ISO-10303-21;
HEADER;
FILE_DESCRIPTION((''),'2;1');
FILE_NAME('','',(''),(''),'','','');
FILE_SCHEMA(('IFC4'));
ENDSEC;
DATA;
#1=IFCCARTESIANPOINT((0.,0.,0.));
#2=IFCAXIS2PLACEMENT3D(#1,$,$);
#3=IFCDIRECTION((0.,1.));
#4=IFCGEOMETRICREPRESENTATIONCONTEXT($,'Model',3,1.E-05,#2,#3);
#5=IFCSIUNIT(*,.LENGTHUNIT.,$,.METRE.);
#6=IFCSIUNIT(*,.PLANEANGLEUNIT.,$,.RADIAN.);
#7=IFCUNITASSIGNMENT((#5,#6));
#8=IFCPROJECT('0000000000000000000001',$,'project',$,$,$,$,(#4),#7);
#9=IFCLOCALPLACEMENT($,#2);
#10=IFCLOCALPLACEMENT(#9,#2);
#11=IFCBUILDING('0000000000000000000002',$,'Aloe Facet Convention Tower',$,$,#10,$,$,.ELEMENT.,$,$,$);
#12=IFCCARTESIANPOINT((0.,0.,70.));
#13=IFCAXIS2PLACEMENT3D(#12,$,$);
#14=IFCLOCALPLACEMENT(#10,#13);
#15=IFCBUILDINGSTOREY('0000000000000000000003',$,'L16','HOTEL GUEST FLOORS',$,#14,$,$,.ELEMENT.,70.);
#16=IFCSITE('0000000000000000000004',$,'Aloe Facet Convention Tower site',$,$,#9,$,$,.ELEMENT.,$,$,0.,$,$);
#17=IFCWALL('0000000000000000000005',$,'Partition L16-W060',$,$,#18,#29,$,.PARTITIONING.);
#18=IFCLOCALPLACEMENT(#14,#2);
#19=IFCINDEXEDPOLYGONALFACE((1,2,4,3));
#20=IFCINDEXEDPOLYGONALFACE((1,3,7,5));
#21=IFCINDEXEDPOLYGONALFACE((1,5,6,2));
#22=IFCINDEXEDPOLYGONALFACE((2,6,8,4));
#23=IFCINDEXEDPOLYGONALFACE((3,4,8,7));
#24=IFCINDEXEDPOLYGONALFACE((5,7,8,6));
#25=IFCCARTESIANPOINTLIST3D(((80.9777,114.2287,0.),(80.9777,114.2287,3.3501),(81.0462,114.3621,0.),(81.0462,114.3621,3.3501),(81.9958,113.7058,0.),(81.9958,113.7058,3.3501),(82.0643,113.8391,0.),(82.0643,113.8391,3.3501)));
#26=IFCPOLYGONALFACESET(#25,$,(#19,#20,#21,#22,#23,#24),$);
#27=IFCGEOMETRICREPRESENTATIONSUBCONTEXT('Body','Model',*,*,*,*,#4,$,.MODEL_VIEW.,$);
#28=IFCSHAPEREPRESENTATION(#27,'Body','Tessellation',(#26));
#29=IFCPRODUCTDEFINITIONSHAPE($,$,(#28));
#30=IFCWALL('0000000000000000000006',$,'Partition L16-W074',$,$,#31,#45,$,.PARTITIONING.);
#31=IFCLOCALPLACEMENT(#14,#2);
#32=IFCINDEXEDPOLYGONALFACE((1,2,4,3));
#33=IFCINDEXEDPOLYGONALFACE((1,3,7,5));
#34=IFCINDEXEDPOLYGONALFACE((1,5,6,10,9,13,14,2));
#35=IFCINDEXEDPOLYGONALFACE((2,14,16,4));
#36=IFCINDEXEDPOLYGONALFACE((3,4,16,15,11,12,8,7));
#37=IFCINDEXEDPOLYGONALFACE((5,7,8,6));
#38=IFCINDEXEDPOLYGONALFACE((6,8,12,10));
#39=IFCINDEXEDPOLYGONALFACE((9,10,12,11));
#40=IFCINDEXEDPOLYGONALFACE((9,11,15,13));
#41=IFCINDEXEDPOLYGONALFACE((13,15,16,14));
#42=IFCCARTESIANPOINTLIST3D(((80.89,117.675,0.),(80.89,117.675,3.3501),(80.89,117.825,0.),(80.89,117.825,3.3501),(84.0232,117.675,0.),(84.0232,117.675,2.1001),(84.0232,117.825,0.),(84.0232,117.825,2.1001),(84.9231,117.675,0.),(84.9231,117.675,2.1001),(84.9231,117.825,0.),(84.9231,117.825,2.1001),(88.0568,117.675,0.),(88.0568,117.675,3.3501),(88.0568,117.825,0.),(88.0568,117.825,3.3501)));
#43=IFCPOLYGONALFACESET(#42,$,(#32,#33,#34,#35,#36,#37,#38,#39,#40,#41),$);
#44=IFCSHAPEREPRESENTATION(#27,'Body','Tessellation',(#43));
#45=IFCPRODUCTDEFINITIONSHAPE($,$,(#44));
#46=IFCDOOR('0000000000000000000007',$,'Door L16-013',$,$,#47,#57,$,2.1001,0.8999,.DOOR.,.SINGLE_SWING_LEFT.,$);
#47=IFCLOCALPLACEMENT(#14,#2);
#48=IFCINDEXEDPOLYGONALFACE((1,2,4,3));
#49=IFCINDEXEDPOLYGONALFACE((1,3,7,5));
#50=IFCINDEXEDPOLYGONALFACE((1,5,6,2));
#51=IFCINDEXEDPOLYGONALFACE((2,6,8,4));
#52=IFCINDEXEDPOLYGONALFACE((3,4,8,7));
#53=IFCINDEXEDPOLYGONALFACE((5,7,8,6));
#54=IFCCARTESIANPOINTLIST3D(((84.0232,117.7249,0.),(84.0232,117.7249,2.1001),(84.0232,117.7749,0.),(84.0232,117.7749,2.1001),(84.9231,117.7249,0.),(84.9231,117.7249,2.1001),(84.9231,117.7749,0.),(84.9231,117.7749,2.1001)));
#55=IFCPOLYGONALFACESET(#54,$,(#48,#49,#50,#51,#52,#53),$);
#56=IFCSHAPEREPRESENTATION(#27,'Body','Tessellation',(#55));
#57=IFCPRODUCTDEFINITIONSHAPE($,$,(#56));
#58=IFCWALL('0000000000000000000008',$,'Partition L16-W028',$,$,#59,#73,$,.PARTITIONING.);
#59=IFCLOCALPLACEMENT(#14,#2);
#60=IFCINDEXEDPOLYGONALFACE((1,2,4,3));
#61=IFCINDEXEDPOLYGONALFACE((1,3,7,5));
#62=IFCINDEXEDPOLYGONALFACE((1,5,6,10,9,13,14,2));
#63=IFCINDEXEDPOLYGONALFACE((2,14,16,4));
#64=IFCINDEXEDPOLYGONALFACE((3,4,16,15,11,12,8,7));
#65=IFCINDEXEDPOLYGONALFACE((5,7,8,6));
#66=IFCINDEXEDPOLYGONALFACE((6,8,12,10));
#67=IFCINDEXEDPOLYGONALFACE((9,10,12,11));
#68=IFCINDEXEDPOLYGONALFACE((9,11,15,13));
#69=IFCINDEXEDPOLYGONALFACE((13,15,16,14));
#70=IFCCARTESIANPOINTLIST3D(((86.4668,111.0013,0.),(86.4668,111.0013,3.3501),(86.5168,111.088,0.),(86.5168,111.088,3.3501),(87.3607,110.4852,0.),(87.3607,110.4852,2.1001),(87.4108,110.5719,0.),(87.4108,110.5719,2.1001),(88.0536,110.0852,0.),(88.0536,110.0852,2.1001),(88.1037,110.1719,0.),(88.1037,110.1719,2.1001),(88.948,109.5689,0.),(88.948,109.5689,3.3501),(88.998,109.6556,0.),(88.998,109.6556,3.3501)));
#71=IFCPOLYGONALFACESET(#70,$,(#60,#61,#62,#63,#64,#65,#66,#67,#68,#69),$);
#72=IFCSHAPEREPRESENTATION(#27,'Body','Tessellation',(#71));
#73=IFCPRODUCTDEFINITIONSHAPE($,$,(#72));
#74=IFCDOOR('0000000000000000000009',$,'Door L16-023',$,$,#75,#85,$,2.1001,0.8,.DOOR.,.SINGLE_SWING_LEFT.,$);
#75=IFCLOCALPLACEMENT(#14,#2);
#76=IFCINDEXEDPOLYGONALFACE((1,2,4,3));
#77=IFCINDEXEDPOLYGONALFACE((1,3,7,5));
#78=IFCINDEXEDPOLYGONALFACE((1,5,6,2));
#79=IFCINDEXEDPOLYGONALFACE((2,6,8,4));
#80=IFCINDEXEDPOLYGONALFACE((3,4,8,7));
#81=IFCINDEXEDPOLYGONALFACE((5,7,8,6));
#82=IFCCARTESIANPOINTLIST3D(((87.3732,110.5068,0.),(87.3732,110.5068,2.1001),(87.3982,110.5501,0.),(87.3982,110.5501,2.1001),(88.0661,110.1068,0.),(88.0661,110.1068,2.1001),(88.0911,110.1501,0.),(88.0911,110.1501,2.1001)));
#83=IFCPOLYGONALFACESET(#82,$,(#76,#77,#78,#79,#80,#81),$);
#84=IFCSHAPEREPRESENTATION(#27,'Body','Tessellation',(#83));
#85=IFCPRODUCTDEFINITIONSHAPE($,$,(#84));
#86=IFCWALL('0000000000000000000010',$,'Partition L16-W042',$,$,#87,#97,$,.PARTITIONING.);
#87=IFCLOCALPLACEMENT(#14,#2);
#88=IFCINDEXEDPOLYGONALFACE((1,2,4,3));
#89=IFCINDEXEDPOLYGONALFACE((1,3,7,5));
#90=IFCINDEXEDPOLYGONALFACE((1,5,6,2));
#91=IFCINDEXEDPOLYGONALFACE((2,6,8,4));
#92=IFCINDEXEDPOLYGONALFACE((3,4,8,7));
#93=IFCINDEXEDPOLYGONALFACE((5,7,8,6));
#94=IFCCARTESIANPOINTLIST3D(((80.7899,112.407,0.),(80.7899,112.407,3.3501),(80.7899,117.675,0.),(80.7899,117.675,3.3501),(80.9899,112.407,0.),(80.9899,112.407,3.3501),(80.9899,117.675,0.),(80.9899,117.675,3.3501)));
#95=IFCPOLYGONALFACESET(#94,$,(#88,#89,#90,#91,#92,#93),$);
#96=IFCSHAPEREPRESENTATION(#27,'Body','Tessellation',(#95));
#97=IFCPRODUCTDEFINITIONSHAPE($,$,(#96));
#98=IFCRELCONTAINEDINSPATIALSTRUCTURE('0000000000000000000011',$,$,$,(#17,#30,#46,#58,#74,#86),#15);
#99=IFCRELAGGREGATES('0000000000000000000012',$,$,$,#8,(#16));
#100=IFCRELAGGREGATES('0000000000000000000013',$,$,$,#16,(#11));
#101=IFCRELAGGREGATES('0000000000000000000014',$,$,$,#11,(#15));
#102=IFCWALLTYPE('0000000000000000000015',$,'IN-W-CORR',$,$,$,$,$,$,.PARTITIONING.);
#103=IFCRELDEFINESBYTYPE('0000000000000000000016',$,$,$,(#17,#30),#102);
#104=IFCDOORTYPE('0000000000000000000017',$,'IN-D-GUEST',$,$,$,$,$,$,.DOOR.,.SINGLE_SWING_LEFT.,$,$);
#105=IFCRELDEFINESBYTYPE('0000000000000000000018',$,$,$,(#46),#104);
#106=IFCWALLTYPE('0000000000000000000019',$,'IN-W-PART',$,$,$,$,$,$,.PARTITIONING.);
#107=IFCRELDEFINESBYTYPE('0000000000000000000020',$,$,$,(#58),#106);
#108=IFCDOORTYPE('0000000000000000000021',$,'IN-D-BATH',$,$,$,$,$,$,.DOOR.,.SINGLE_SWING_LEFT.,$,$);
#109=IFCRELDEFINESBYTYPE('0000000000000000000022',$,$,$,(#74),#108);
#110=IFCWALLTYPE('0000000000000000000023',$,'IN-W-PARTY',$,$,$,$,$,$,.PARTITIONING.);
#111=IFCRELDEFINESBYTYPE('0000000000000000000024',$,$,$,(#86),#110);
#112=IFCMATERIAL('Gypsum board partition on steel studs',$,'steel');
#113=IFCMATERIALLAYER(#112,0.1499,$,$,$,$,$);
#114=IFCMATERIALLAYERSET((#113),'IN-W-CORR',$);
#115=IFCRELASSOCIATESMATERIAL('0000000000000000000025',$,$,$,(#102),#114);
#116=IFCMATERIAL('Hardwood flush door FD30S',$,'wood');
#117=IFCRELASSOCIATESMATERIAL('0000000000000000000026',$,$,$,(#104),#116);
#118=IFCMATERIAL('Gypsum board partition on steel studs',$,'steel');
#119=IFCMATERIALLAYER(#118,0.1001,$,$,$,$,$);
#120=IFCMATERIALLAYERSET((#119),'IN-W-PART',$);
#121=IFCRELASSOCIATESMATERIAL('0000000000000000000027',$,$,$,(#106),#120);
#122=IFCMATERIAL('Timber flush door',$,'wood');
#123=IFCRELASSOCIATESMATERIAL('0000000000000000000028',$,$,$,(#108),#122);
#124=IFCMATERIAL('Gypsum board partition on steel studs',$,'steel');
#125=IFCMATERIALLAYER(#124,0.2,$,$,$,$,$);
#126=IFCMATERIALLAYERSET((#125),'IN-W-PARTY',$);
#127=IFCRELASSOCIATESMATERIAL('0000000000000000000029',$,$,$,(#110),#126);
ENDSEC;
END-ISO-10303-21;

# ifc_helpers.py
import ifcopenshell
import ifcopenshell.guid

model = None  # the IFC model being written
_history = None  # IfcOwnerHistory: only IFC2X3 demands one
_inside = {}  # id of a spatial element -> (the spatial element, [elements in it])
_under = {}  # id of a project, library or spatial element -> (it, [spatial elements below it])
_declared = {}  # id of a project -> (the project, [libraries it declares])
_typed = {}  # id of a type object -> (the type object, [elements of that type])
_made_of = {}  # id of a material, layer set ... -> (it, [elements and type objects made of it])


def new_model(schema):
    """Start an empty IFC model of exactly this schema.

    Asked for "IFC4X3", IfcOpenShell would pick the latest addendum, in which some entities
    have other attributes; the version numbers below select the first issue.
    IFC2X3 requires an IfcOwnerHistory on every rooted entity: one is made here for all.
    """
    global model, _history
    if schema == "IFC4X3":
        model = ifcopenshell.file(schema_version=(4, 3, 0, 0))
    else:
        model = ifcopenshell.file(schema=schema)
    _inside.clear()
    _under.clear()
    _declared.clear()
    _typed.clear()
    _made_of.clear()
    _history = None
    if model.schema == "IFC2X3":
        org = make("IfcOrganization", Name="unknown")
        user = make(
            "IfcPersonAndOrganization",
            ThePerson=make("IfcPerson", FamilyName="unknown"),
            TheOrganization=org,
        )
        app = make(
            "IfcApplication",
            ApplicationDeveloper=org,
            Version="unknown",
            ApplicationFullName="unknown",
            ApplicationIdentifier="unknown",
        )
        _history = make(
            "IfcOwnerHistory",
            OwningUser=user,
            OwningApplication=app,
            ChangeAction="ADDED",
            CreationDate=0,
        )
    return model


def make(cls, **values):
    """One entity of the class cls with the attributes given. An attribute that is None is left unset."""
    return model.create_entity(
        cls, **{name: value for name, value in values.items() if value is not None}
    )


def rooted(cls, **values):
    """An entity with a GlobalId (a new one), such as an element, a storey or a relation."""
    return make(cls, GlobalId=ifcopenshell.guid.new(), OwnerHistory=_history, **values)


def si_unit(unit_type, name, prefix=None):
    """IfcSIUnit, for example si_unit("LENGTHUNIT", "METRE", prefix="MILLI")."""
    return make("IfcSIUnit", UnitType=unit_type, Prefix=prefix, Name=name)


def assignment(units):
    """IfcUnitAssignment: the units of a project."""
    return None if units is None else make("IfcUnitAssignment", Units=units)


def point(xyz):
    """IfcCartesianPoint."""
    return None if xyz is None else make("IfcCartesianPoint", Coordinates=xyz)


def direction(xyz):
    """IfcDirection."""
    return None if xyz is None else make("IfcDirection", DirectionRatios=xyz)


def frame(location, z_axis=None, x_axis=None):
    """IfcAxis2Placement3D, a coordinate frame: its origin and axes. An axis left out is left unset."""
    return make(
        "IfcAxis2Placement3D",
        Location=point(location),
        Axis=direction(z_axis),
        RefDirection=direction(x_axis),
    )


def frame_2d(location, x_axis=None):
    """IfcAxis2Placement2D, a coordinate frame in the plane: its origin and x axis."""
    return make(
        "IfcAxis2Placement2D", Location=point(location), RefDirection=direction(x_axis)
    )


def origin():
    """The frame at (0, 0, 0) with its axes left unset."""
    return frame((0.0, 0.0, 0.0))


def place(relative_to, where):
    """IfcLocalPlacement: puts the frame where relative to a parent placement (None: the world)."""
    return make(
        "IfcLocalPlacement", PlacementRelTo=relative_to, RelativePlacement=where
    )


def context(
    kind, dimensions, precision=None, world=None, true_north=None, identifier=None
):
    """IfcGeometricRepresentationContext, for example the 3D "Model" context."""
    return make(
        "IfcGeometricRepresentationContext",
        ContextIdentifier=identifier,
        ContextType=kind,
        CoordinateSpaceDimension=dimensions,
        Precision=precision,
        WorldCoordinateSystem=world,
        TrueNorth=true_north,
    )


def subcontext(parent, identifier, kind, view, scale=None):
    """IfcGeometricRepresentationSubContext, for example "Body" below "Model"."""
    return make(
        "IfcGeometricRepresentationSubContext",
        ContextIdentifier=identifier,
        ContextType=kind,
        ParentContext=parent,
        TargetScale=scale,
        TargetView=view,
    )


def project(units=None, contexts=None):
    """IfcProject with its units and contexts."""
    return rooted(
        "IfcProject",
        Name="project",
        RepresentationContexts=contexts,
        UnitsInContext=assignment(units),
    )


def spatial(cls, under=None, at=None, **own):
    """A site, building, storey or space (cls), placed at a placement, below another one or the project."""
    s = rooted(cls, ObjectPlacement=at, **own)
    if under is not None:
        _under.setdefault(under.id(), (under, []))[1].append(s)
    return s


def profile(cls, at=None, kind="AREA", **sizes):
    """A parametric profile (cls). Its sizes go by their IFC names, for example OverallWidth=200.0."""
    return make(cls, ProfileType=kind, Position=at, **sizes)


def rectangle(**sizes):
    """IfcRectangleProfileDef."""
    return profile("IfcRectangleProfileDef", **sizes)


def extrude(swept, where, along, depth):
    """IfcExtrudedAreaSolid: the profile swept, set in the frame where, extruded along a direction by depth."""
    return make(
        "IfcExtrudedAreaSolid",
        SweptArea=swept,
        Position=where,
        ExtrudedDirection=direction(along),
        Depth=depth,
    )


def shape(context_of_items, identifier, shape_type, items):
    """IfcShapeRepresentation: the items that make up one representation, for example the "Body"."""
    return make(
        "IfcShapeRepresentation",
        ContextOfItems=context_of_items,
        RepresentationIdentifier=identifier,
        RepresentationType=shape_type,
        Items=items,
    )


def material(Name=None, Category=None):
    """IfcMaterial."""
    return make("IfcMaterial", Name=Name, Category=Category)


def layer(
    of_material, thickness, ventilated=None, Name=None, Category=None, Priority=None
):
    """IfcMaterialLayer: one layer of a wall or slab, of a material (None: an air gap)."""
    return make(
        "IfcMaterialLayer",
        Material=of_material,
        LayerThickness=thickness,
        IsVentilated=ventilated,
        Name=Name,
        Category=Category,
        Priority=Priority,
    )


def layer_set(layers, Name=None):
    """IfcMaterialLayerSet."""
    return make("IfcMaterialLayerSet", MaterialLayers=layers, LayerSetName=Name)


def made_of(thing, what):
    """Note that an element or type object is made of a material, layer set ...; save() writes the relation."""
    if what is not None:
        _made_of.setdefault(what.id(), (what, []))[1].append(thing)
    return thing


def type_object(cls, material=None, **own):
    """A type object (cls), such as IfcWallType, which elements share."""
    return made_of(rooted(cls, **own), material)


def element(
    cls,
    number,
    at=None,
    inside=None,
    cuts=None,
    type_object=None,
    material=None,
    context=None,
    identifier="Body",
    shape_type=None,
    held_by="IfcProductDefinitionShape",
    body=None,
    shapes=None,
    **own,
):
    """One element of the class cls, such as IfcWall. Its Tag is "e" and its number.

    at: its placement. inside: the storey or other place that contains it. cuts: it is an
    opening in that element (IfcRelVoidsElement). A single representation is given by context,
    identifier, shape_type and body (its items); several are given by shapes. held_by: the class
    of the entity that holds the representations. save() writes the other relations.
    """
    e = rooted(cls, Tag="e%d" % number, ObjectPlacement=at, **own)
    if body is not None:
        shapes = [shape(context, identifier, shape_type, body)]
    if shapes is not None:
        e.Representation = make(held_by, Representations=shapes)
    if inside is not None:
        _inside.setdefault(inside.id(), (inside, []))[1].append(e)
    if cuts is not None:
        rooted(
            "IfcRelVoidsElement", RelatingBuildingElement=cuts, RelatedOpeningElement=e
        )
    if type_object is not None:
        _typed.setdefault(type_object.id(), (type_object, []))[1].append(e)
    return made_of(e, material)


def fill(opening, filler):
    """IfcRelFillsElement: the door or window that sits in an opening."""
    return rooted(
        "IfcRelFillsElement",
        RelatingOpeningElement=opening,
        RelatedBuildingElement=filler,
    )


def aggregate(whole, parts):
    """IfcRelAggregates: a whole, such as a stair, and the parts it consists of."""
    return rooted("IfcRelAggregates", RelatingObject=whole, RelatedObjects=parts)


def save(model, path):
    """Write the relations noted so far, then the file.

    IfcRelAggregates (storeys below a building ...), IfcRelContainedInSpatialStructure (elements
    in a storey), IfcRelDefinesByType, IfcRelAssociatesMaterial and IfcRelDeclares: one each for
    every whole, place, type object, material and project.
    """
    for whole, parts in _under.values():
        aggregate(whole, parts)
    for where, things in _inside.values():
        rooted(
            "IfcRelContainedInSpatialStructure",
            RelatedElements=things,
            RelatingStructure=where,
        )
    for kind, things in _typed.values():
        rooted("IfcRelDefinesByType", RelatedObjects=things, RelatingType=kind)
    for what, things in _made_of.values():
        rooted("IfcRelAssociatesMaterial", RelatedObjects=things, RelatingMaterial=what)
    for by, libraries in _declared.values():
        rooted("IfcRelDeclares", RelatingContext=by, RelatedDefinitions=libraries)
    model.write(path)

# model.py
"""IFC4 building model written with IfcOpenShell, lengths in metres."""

from ifc_helpers import new_model, si_unit, direction, frame, frame_2d, origin, place, context, subcontext, project, spatial, rectangle, extrude, material, layer, layer_set, type_object, element, fill, save


model = new_model("IFC4")

# Units and contexts
model_context = context("Model", 3, precision=1e-05, world=origin(), true_north=direction((0.0, 1.0)))
body_context = subcontext(model_context, "Body", "Model", "MODEL_VIEW")
ifc_project = project(units=[si_unit("LENGTHUNIT", "METRE"), si_unit("PLANEANGLEUNIT", "RADIAN")], contexts=[model_context])

# Site, building, storey
site_placement = place(None, origin())
site = spatial("IfcSite", under=ifc_project, at=site_placement, Name="Aloe Facet Convention Tower site", CompositionType="ELEMENT", RefElevation=0.0)
building_placement = place(site_placement, origin())
building = spatial("IfcBuilding", under=site, at=building_placement, Name="Aloe Facet Convention Tower", CompositionType="ELEMENT")
storey_placement = place(building_placement, frame((0.0, 0.0, 70.0)))
storey = spatial("IfcBuildingStorey", under=building, at=storey_placement, Name="L16", Description="HOTEL GUEST FLOORS", CompositionType="ELEMENT", Elevation=70.0)

# Shared definitions
ifc_material_1 = material(Name="Gypsum board partition on steel studs", Category="steel")
ifc_layer_1 = layer(ifc_material_1, 0.1499)
ifc_layer_set_1 = layer_set([ifc_layer_1], Name="IN-W-CORR")
wall_type_1 = type_object("IfcWallType", Name="IN-W-CORR", PredefinedType="PARTITIONING", material=ifc_layer_set_1)

# Wall
wall_1_placement = place(storey_placement, frame((82.03, 113.7725, 0.0), z_axis=(0.0, 0.0, 1.0), x_axis=(-0.889511, 0.456914, 0.0)))
element("IfcWall", 1, at=wall_1_placement, inside=storey, type_object=wall_type_1, Name="Partition L16-W060", PredefinedType="PARTITIONING", context=body_context, shape_type="SweptSolid", body=[
    extrude(rectangle(XDim=1.1445, YDim=0.1499, at=frame_2d((0.5723, 0.0))), origin(), (0.0, 0.0, 1.0), 3.3501),
])

# Walls, openings, doors
wall_2_placement = place(storey_placement, frame((80.8899, 117.75, 0.0), z_axis=(0.0, 0.0, 1.0), x_axis=(1.0, 0.0, 0.0)))
wall_2 = element("IfcWall", 2, at=wall_2_placement, inside=storey, type_object=wall_type_1, Name="Partition L16-W074", PredefinedType="PARTITIONING", context=body_context, shape_type="SweptSolid", body=[
    extrude(rectangle(XDim=7.1667, YDim=0.1499, at=frame_2d((3.5835, 0.0))), origin(), (0.0, 0.0, 1.0), 3.3501),
])
opening_1_placement = place(wall_2_placement, frame((3.1333, 0.0, 0.0)))
opening_1 = element("IfcOpeningElement", 3, at=opening_1_placement, cuts=wall_2, PredefinedType="OPENING", context=body_context, shape_type="SweptSolid", body=[
    extrude(rectangle(XDim=0.8999, YDim=2.1001, at=frame_2d((0.45, 1.05))), frame((0.0, 0.085, 0.0), z_axis=(0.0, -1.0, 0.0), x_axis=(1.0, 0.0, 0.0)), (0.0, 0.0, 1.0), 0.1699),
])
ifc_material_2 = material(Name="Hardwood flush door FD30S", Category="wood")
door_type_1 = type_object("IfcDoorType", Name="IN-D-GUEST", OperationType="SINGLE_SWING_LEFT", PredefinedType="DOOR", material=ifc_material_2)
door_1_placement = place(opening_1_placement, origin())
door_1 = element("IfcDoor", 4, at=door_1_placement, inside=storey, type_object=door_type_1, Name="Door L16-013", OperationType="SINGLE_SWING_LEFT", OverallHeight=2.1001, OverallWidth=0.8999, PredefinedType="DOOR", context=body_context, shape_type="SweptSolid", body=[
    extrude(rectangle(XDim=0.8999, YDim=2.1001, at=frame_2d((0.45, 1.05))), frame((0.0, 0.0249, 0.0), z_axis=(0.0, -1.0, 0.0), x_axis=(1.0, 0.0, 0.0)), (0.0, 0.0, 1.0), 0.05),
])
fill(opening_1, door_1)
ifc_material_3 = material(Name="Gypsum board partition on steel studs", Category="steel")
ifc_layer_2 = layer(ifc_material_3, 0.1001)
ifc_layer_set_2 = layer_set([ifc_layer_2], Name="IN-W-PART")
wall_type_2 = type_object("IfcWallType", Name="IN-W-PART", PredefinedType="PARTITIONING", material=ifc_layer_set_2)
wall_3_placement = place(storey_placement, frame((86.4917, 111.0447, 0.0), z_axis=(0.0, 0.0, 1.0), x_axis=(0.866048, -0.499961, 0.0)))
wall_3 = element("IfcWall", 5, at=wall_3_placement, inside=storey, type_object=wall_type_2, Name="Partition L16-W028", PredefinedType="PARTITIONING", context=body_context, shape_type="SweptSolid", body=[
    extrude(rectangle(XDim=2.865, YDim=0.1001, at=frame_2d((1.4326, 0.0))), origin(), (0.0, 0.0, 1.0), 3.3501),
])
opening_2_placement = place(wall_3_placement, frame((1.0325, 0.0, 0.0)))
opening_2 = element("IfcOpeningElement", 6, at=opening_2_placement, cuts=wall_3, PredefinedType="OPENING", context=body_context, shape_type="SweptSolid", body=[
    extrude(rectangle(XDim=0.8, YDim=2.1001, at=frame_2d((0.3999, 1.05))), frame((0.0, 0.0601, 0.0), z_axis=(0.0, -1.0, 0.0), x_axis=(1.0, 0.0, 0.0)), (0.0, 0.0, 1.0), 0.1201),
])
ifc_material_4 = material(Name="Timber flush door", Category="wood")
door_type_2 = type_object("IfcDoorType", Name="IN-D-BATH", OperationType="SINGLE_SWING_LEFT", PredefinedType="DOOR", material=ifc_material_4)
door_2_placement = place(opening_2_placement, origin())
door_2 = element("IfcDoor", 7, at=door_2_placement, inside=storey, type_object=door_type_2, Name="Door L16-023", OperationType="SINGLE_SWING_LEFT", OverallHeight=2.1001, OverallWidth=0.8, PredefinedType="DOOR", context=body_context, shape_type="SweptSolid", body=[
    extrude(rectangle(XDim=0.8, YDim=2.1001, at=frame_2d((0.3999, 1.05))), frame((0.0, 0.0249, 0.0), z_axis=(0.0, -1.0, 0.0), x_axis=(1.0, 0.0, 0.0)), (0.0, 0.0, 1.0), 0.05),
])
fill(opening_2, door_2)

# Wall
ifc_material_5 = material(Name="Gypsum board partition on steel studs", Category="steel")
ifc_layer_3 = layer(ifc_material_5, 0.2)
ifc_layer_set_3 = layer_set([ifc_layer_3], Name="IN-W-PARTY")
wall_type_3 = type_object("IfcWallType", Name="IN-W-PARTY", PredefinedType="PARTITIONING", material=ifc_layer_set_3)
wall_4_placement = place(storey_placement, frame((80.8899, 112.407, 0.0), z_axis=(0.0, 0.0, 1.0), x_axis=(0.0, 1.0, 0.0)))
element("IfcWall", 8, at=wall_4_placement, inside=storey, type_object=wall_type_3, Name="Partition L16-W042", PredefinedType="PARTITIONING", context=body_context, shape_type="SweptSolid", body=[
    extrude(rectangle(XDim=5.2681, YDim=0.2, at=frame_2d((2.634, 0.0))), origin(), (0.0, 0.0, 1.0), 3.3501),
])

save(model, "model.ifc")
